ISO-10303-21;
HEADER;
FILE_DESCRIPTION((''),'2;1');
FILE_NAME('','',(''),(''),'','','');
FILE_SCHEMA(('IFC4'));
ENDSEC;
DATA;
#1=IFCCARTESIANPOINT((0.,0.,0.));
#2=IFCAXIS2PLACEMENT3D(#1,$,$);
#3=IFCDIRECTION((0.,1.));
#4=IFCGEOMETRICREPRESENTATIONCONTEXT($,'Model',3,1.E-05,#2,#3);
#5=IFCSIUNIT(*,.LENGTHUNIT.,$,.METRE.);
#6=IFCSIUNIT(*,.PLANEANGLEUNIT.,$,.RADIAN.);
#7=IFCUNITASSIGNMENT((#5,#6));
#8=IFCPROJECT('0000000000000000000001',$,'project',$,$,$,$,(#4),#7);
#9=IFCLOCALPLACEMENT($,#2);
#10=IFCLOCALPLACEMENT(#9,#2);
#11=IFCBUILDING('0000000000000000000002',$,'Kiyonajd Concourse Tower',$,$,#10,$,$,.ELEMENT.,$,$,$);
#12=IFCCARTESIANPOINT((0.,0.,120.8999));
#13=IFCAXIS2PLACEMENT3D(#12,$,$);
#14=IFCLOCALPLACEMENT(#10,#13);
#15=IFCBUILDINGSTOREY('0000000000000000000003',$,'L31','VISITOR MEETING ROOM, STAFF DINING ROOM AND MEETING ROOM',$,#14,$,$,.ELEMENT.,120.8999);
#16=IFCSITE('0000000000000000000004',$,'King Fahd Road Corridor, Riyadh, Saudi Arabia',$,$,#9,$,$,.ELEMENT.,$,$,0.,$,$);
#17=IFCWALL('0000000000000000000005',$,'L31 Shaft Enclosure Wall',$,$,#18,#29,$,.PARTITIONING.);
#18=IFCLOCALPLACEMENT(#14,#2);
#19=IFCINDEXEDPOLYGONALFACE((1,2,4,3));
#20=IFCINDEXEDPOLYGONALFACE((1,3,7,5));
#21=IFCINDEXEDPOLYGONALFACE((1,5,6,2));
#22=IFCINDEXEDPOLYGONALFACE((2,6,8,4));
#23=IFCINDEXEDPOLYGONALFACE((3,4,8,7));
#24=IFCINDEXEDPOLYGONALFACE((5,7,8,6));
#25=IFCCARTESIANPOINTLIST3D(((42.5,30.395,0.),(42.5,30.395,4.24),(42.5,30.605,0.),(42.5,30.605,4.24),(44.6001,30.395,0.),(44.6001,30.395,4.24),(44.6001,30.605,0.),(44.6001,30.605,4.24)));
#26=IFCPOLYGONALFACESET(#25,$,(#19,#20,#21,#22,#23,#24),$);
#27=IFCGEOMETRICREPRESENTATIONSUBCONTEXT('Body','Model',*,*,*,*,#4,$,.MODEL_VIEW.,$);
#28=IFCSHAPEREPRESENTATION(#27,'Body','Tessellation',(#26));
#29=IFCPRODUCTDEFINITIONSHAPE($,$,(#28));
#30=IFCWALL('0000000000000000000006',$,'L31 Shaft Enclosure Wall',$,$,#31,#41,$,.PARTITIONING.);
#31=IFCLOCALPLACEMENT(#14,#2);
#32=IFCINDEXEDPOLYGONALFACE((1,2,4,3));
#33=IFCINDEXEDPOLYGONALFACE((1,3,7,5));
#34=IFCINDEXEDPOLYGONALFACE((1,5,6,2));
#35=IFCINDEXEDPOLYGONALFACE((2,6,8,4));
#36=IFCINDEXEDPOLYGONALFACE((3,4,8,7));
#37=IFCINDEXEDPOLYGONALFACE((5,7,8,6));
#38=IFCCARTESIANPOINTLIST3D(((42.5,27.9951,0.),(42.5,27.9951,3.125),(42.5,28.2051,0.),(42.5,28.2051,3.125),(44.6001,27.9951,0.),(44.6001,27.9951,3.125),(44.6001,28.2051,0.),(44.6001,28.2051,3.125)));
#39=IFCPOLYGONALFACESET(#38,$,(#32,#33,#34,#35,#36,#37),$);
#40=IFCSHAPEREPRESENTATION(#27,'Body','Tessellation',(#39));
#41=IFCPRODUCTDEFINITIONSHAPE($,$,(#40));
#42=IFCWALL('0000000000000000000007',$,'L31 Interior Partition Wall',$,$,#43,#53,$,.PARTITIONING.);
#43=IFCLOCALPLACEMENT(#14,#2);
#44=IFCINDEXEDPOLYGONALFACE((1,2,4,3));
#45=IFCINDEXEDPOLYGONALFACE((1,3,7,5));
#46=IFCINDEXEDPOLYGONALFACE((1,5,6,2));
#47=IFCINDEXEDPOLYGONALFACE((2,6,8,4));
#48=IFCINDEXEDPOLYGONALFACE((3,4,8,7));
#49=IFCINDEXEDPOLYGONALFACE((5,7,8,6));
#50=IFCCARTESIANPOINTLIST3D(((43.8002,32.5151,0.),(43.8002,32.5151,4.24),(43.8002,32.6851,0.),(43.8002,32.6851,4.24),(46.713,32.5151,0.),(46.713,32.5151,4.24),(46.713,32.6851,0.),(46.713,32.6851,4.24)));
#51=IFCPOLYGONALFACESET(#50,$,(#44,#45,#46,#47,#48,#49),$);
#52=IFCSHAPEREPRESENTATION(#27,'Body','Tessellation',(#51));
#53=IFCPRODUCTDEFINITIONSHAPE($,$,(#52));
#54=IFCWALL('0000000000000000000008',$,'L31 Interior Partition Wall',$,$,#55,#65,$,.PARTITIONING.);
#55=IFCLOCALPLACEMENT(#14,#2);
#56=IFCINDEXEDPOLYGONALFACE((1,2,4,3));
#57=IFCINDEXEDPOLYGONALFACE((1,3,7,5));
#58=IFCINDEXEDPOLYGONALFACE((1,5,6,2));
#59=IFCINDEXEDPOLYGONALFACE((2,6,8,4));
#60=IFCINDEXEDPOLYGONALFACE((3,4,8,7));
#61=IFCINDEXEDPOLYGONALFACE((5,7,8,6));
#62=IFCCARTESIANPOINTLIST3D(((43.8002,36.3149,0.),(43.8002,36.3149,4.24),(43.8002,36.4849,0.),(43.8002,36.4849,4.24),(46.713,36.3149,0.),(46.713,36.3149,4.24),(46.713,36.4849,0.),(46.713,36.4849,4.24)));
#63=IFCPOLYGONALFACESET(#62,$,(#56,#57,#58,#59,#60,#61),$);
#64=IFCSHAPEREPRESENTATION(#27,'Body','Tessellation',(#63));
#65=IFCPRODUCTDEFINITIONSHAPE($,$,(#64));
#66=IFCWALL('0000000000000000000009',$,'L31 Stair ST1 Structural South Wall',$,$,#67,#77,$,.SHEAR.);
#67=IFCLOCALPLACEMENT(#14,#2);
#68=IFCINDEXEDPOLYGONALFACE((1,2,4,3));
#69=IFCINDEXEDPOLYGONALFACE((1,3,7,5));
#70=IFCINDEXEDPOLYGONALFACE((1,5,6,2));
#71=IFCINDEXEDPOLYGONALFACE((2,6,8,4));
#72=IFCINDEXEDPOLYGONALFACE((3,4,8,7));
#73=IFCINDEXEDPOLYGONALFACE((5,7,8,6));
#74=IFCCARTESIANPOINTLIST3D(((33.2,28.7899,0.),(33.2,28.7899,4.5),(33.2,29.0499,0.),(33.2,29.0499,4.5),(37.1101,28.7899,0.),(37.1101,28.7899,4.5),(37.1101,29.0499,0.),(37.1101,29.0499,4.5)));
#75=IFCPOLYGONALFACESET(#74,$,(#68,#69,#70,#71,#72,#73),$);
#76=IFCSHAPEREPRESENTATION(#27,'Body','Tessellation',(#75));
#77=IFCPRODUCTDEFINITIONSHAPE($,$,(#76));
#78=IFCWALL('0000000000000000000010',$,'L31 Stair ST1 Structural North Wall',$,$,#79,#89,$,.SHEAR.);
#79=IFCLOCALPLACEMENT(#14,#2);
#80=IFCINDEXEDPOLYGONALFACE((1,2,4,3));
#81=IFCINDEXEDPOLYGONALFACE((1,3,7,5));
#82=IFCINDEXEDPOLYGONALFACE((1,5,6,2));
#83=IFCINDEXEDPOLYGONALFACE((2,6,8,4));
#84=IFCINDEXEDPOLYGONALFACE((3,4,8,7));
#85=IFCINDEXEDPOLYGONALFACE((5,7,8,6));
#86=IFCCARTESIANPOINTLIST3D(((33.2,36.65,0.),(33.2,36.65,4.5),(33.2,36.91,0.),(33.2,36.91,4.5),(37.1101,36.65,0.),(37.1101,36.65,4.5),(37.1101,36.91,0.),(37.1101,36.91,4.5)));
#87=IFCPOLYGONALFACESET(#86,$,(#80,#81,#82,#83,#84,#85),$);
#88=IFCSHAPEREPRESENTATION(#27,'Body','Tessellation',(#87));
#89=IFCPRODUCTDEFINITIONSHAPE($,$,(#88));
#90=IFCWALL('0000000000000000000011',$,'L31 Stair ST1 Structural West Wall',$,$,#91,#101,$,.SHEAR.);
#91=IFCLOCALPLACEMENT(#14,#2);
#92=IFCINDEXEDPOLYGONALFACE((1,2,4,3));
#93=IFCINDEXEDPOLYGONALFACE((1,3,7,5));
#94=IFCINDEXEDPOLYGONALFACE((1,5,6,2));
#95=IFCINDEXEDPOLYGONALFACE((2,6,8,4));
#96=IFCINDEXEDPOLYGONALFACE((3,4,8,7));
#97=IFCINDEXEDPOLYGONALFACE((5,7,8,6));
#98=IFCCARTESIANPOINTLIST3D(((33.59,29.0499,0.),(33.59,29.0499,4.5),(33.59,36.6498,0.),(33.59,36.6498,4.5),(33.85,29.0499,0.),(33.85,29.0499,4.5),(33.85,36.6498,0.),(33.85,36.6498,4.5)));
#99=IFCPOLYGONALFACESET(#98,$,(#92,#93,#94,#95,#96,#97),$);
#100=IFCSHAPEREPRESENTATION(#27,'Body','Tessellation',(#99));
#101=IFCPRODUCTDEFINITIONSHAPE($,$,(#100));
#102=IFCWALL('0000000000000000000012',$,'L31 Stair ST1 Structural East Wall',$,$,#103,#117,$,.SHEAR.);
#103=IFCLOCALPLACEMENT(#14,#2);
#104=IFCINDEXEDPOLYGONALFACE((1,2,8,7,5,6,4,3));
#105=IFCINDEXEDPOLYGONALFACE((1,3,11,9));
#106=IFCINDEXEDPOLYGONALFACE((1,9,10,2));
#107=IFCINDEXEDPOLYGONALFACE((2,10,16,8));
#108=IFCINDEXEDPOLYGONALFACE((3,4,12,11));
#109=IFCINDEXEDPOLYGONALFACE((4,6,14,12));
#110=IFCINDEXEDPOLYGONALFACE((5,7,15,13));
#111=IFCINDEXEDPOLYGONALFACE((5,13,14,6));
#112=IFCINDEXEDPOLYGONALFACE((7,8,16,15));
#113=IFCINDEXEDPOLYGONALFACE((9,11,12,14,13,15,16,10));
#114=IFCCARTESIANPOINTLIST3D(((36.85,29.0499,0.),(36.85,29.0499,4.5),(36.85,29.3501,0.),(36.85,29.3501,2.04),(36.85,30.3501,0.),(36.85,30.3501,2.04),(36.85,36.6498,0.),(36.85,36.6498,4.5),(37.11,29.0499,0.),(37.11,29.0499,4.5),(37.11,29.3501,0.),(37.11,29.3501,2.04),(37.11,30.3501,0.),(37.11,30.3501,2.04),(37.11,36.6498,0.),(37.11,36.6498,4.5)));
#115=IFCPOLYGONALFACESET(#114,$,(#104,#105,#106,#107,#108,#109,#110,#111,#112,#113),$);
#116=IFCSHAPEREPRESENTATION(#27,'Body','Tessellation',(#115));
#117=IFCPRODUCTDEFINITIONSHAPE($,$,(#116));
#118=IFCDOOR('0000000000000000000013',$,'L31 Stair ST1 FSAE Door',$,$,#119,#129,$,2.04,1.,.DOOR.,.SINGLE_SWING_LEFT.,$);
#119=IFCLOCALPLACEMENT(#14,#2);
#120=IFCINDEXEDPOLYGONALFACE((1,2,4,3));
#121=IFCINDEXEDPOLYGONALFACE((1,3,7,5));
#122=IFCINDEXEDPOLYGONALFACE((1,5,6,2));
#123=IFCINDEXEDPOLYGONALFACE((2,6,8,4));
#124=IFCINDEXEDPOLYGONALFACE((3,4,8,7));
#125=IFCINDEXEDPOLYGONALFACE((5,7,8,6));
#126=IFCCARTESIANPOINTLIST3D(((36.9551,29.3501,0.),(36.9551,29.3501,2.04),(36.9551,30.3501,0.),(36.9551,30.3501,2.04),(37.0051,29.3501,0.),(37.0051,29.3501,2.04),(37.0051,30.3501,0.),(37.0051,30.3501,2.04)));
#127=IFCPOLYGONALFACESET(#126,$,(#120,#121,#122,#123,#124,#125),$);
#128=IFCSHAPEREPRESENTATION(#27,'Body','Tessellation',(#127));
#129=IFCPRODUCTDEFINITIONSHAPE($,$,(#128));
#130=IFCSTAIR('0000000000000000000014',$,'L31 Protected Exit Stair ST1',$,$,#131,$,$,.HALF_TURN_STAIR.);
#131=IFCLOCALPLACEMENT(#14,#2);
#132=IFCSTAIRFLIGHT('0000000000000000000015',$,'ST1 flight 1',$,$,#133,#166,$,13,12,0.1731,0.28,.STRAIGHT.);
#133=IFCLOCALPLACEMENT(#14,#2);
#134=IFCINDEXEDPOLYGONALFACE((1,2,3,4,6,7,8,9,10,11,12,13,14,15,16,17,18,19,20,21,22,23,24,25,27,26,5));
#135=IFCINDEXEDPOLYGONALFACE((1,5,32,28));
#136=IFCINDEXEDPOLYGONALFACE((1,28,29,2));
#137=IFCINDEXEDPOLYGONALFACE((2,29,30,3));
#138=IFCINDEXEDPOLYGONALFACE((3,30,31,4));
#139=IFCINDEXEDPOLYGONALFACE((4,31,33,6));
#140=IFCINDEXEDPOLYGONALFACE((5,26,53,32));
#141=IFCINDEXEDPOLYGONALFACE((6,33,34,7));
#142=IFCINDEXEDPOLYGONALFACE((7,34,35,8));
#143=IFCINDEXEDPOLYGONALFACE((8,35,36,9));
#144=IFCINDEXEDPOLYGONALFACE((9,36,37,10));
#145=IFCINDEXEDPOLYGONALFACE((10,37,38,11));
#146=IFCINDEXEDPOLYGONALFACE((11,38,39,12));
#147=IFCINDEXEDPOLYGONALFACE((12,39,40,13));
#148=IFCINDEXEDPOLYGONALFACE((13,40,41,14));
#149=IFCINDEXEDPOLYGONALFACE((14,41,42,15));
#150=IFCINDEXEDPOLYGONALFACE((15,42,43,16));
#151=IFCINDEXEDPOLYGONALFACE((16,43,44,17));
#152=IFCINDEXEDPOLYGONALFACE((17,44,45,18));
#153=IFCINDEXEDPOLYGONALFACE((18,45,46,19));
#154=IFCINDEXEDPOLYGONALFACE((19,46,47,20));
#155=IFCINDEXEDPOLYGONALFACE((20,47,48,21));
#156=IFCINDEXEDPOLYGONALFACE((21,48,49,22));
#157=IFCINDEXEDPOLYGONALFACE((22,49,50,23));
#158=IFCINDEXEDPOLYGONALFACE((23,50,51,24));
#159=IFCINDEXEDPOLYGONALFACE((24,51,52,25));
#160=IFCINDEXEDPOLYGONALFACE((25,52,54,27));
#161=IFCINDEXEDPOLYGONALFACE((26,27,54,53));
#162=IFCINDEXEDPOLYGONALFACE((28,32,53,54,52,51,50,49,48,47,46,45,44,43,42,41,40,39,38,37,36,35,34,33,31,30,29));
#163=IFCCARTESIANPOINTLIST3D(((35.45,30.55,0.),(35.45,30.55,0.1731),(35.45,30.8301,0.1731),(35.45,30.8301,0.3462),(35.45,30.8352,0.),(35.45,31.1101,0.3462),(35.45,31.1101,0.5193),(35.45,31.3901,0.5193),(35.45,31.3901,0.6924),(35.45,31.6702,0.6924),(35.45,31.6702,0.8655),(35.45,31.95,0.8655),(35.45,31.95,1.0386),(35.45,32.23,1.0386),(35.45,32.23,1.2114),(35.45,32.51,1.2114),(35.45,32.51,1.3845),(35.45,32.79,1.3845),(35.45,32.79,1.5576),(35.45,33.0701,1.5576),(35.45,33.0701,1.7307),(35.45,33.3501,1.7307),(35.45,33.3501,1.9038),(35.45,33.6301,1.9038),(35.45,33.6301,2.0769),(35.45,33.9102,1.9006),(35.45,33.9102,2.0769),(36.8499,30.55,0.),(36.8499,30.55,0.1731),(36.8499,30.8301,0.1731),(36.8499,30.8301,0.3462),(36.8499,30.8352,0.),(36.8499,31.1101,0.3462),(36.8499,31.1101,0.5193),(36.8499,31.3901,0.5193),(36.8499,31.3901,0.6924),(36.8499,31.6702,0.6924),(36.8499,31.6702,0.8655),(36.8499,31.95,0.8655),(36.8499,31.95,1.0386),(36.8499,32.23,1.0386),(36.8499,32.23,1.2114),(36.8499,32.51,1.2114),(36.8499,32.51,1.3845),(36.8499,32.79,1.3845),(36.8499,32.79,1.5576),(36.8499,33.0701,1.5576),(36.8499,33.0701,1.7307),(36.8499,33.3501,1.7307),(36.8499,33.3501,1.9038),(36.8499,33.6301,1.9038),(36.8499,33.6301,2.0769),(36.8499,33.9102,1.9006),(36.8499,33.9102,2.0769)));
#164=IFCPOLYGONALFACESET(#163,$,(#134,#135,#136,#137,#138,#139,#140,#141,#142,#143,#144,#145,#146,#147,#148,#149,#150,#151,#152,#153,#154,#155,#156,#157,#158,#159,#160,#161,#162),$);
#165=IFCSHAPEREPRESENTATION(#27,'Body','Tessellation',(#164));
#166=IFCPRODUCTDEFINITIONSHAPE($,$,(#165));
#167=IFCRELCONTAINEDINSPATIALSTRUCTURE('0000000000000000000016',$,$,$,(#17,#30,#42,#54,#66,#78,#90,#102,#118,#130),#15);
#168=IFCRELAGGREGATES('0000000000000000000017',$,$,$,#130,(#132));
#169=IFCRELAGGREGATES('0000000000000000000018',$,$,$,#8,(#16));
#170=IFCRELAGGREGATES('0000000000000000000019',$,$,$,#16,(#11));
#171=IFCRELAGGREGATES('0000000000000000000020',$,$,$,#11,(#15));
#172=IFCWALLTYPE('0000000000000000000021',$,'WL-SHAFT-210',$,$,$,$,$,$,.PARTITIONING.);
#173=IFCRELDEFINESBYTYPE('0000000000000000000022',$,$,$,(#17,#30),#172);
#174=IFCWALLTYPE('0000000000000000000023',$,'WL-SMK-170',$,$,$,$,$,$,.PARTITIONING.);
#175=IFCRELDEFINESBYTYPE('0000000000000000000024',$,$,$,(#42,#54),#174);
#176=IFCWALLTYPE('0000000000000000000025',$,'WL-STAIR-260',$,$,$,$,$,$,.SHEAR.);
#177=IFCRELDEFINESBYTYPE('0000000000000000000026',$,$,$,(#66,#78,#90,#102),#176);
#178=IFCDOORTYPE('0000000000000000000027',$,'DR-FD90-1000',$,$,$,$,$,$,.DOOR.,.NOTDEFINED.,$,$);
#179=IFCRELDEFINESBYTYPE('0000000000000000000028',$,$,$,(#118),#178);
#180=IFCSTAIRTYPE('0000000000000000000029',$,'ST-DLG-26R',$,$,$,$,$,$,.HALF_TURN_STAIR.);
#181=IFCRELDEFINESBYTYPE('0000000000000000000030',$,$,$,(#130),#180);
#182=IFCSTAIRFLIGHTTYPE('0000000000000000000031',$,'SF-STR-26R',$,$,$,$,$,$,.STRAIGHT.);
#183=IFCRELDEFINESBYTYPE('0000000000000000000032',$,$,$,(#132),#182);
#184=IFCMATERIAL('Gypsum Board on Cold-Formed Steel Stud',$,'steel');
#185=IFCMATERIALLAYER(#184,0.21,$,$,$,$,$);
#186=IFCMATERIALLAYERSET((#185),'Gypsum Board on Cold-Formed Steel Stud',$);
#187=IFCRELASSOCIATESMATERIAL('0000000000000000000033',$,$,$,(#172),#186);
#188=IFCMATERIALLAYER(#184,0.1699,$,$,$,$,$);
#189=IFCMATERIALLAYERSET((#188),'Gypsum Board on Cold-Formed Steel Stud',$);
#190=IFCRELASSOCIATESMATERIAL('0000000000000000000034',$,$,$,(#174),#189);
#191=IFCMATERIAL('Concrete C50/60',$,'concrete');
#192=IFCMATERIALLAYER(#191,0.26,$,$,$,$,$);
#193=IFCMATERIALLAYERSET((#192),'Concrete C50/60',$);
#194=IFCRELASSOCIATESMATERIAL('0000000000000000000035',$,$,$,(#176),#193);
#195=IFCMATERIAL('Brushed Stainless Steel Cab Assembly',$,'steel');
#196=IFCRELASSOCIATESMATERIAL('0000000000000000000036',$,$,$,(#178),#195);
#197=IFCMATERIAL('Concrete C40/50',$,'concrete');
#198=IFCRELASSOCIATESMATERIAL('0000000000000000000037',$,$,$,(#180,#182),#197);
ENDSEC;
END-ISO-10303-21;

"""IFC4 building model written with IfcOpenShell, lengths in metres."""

from ifc_helpers import new_model, si_unit, direction, frame, frame_2d, origin, place, context, subcontext, project, spatial, polyline, rectangle, outline, extrude, material, layer, layer_set, type_object, element, fill, aggregate, save


model = new_model("IFC4")

# Units and contexts
model_context = context("Model", 3, precision=1e-05, world=origin(), true_north=direction((0.0, 1.0)))
body_context = subcontext(model_context, "Body", "Model", "MODEL_VIEW")
ifc_project = project(units=[si_unit("LENGTHUNIT", "METRE"), si_unit("PLANEANGLEUNIT", "RADIAN")], contexts=[model_context])

# Site, building, storey
site_placement = place(None, origin())
site = spatial("IfcSite", under=ifc_project, at=site_placement, Name="King Fahd Road Corridor, Riyadh, Saudi Arabia", CompositionType="ELEMENT", RefElevation=0.0)
building_placement = place(site_placement, origin())
building = spatial("IfcBuilding", under=site, at=building_placement, Name="Kiyonajd Concourse Tower", CompositionType="ELEMENT")
storey_placement = place(building_placement, frame((0.0, 0.0, 120.8999)))
storey = spatial("IfcBuildingStorey", under=building, at=storey_placement, Name="L31", Description="VISITOR MEETING ROOM, STAFF DINING ROOM AND MEETING ROOM", CompositionType="ELEMENT", Elevation=120.8999)

# Shared definitions
ifc_material_1 = material(Name="Concrete C50/60", Category="concrete")

# Shared definitions
ifc_material_2 = material(Name="Gypsum Board on Cold-Formed Steel Stud", Category="steel")

# Shared definitions
ifc_layer_1 = layer(ifc_material_2, 0.21)
ifc_layer_set_1 = layer_set([ifc_layer_1], Name="Gypsum Board on Cold-Formed Steel Stud")
wall_type_1 = type_object("IfcWallType", Name="WL-SHAFT-210", PredefinedType="PARTITIONING", material=ifc_layer_set_1)
ifc_material_3 = material(Name="Brushed Stainless Steel Cab Assembly", Category="steel")

# Walls
wall_1_placement = place(storey_placement, frame((42.5, 30.5, 0.0), z_axis=(0.0, 0.0, 1.0), x_axis=(1.0, 0.0, 0.0)))
element("IfcWall", 1, at=wall_1_placement, inside=storey, type_object=wall_type_1, Name="L31 Shaft Enclosure Wall", PredefinedType="PARTITIONING", context=body_context, shape_type="SweptSolid", body=[
    extrude(rectangle(XDim=2.1001, YDim=0.21, at=frame_2d((1.05, 0.0))), origin(), (0.0, 0.0, 1.0), 4.24),
])
wall_2_placement = place(storey_placement, frame((42.5, 28.1001, 0.0), z_axis=(0.0, 0.0, 1.0), x_axis=(1.0, 0.0, 0.0)))
element("IfcWall", 2, at=wall_2_placement, inside=storey, type_object=wall_type_1, Name="L31 Shaft Enclosure Wall", PredefinedType="PARTITIONING", context=body_context, shape_type="SweptSolid", body=[
    extrude(rectangle(XDim=2.1001, YDim=0.21, at=frame_2d((1.05, 0.0))), origin(), (0.0, 0.0, 1.0), 3.125),
])
ifc_layer_2 = layer(ifc_material_2, 0.1699)
ifc_layer_set_2 = layer_set([ifc_layer_2], Name="Gypsum Board on Cold-Formed Steel Stud")
wall_type_2 = type_object("IfcWallType", Name="WL-SMK-170", PredefinedType="PARTITIONING", material=ifc_layer_set_2)
for number, where, z_axis, x_axis, name in (
    (3, (43.8, 32.6001, 0.0), (0.0, 0.0, 1.0), (1.0, 0.0, 0.0), "L31 Interior Partition Wall"),
    (4, (43.8, 36.3999, 0.0), (0.0, 0.0, 1.0), (1.0, 0.0, 0.0), "L31 Interior Partition Wall"),
):
    element("IfcWall", number, at=place(storey_placement, frame(where, z_axis=z_axis, x_axis=x_axis)), inside=storey, type_object=wall_type_2, Name=name, PredefinedType="PARTITIONING", context=body_context, shape_type="SweptSolid", body=[
        extrude(rectangle(XDim=2.9128, YDim=0.1699, at=frame_2d((1.4565, 0.0))), origin(), (0.0, 0.0, 1.0), 4.24),
    ])
ifc_layer_3 = layer(ifc_material_1, 0.26)
ifc_layer_set_3 = layer_set([ifc_layer_3], Name="Concrete C50/60")
wall_type_3 = type_object("IfcWallType", Name="WL-STAIR-260", PredefinedType="SHEAR", material=ifc_layer_set_3)
for number, where, z_axis, x_axis, name in (
    (5, (33.2, 28.9199, 0.0), (0.0, 0.0, 1.0), (1.0, 0.0, 0.0), "L31 Stair ST1 Structural South Wall"),
    (6, (33.2, 36.78, 0.0), (0.0, 0.0, 1.0), (1.0, 0.0, 0.0), "L31 Stair ST1 Structural North Wall"),
):
    element("IfcWall", number, at=place(storey_placement, frame(where, z_axis=z_axis, x_axis=x_axis)), inside=storey, type_object=wall_type_3, Name=name, PredefinedType="SHEAR", context=body_context, shape_type="SweptSolid", body=[
        extrude(rectangle(XDim=3.9102, YDim=0.26, at=frame_2d((1.9551, 0.0))), origin(), (0.0, 0.0, 1.0), 4.5),
    ])
wall_3_placement = place(storey_placement, frame((33.72, 29.05, 0.0), z_axis=(0.0, 0.0, 1.0), x_axis=(0.0, 1.0, 0.0)))
element("IfcWall", 7, at=wall_3_placement, inside=storey, type_object=wall_type_3, Name="L31 Stair ST1 Structural West Wall", PredefinedType="SHEAR", context=body_context, shape_type="SweptSolid", body=[
    extrude(rectangle(XDim=7.5999, YDim=0.26, at=frame_2d((3.7998, 0.0))), origin(), (0.0, 0.0, 1.0), 4.5),
])

# Wall, opening, door
wall_4_placement = place(storey_placement, frame((36.98, 29.05, 0.0), z_axis=(0.0, 0.0, 1.0), x_axis=(0.0, 1.0, 0.0)))
wall_4 = element("IfcWall", 8, at=wall_4_placement, inside=storey, type_object=wall_type_3, Name="L31 Stair ST1 Structural East Wall", PredefinedType="SHEAR", context=body_context, shape_type="SweptSolid", body=[
    extrude(rectangle(XDim=7.5999, YDim=0.26, at=frame_2d((3.7998, 0.0))), origin(), (0.0, 0.0, 1.0), 4.5),
])
opening_1_placement = place(wall_4_placement, frame((0.3, 0.0, 0.0)))
opening_1 = element("IfcOpeningElement", 9, at=opening_1_placement, cuts=wall_4, PredefinedType="OPENING", context=body_context, shape_type="SweptSolid", body=[
    extrude(rectangle(XDim=1.0, YDim=2.04, at=frame_2d((0.5, 1.02))), frame((0.0, 0.1399, 0.0), z_axis=(0.0, -1.0, 0.0), x_axis=(1.0, 0.0, 0.0)), (0.0, 0.0, 1.0), 0.28),
])
door_type_1 = type_object("IfcDoorType", Name="DR-FD90-1000", OperationType="NOTDEFINED", PredefinedType="DOOR", material=ifc_material_3)
door_1_placement = place(opening_1_placement, origin())
door_1 = element("IfcDoor", 10, at=door_1_placement, inside=storey, type_object=door_type_1, Name="L31 Stair ST1 FSAE Door", OperationType="SINGLE_SWING_LEFT", OverallHeight=2.04, OverallWidth=1.0, PredefinedType="DOOR", context=body_context, shape_type="SweptSolid", body=[
    extrude(rectangle(XDim=1.0, YDim=2.04, at=frame_2d((0.5, 1.02))), frame((0.0, 0.0249, 0.0), z_axis=(0.0, -1.0, 0.0), x_axis=(1.0, 0.0, 0.0)), (0.0, 0.0, 1.0), 0.05),
])
fill(opening_1, door_1)

# Stair, stair flight
ifc_material_4 = material(Name="Concrete C40/50", Category="concrete")
stair_type = type_object("IfcStairType", Name="ST-DLG-26R", PredefinedType="HALF_TURN_STAIR", material=ifc_material_4)
stair_placement = place(storey_placement, origin())
stair = element("IfcStair", 11, at=stair_placement, inside=storey, type_object=stair_type, Name="L31 Protected Exit Stair ST1", PredefinedType="HALF_TURN_STAIR")
stair_flight_type = type_object("IfcStairFlightType", Name="SF-STR-26R", PredefinedType="STRAIGHT", material=ifc_material_4)
stair_flight_1_placement = place(storey_placement, frame((36.1499, 30.55, 0.0), z_axis=(0.0, 0.0, 1.0), x_axis=(0.0, 1.0, 0.0)))
stair_flight_1 = element("IfcStairFlight", 12, at=stair_flight_1_placement, type_object=stair_flight_type, Name="ST1 flight 1", NumberOfRisers=13, NumberOfTreads=12, PredefinedType="STRAIGHT", RiserHeight=0.1731, TreadLength=0.28, context=body_context, shape_type="SweptSolid", body=[
    extrude(outline(polyline([(0.0, 0.0), (0.0, 0.1731), (0.28, 0.1731), (0.28, 0.3462), (0.5601, 0.3462), (0.5601, 0.5193), (0.8401, 0.5193), (0.8401, 0.6924), (1.1201, 0.6924), (1.1201, 0.8655), (1.3999, 0.8655), (1.3999, 1.0386), (1.6799, 1.0386), (1.6799, 1.2114), (1.96, 1.2114), (1.96, 1.3845), (2.24, 1.3845), (2.24, 1.5576), (2.52, 1.5576), (2.52, 1.7307), (2.8, 1.7307), (2.8, 1.9038), (3.0801, 1.9038), (3.0801, 2.0769), (3.3601, 2.0769), (3.3601, 2.25), (3.3601, 1.9006), (0.2852, 0.0), (0.0, 0.0)])), frame((0.0, 0.7, 0.0), z_axis=(0.0, -1.0, 0.0), x_axis=(1.0, 0.0, 0.0)), (0.0, 0.0, 1.0), 1.3999),
])
aggregate(stair, [stair_flight_1])

save(model, "model.ifc")
